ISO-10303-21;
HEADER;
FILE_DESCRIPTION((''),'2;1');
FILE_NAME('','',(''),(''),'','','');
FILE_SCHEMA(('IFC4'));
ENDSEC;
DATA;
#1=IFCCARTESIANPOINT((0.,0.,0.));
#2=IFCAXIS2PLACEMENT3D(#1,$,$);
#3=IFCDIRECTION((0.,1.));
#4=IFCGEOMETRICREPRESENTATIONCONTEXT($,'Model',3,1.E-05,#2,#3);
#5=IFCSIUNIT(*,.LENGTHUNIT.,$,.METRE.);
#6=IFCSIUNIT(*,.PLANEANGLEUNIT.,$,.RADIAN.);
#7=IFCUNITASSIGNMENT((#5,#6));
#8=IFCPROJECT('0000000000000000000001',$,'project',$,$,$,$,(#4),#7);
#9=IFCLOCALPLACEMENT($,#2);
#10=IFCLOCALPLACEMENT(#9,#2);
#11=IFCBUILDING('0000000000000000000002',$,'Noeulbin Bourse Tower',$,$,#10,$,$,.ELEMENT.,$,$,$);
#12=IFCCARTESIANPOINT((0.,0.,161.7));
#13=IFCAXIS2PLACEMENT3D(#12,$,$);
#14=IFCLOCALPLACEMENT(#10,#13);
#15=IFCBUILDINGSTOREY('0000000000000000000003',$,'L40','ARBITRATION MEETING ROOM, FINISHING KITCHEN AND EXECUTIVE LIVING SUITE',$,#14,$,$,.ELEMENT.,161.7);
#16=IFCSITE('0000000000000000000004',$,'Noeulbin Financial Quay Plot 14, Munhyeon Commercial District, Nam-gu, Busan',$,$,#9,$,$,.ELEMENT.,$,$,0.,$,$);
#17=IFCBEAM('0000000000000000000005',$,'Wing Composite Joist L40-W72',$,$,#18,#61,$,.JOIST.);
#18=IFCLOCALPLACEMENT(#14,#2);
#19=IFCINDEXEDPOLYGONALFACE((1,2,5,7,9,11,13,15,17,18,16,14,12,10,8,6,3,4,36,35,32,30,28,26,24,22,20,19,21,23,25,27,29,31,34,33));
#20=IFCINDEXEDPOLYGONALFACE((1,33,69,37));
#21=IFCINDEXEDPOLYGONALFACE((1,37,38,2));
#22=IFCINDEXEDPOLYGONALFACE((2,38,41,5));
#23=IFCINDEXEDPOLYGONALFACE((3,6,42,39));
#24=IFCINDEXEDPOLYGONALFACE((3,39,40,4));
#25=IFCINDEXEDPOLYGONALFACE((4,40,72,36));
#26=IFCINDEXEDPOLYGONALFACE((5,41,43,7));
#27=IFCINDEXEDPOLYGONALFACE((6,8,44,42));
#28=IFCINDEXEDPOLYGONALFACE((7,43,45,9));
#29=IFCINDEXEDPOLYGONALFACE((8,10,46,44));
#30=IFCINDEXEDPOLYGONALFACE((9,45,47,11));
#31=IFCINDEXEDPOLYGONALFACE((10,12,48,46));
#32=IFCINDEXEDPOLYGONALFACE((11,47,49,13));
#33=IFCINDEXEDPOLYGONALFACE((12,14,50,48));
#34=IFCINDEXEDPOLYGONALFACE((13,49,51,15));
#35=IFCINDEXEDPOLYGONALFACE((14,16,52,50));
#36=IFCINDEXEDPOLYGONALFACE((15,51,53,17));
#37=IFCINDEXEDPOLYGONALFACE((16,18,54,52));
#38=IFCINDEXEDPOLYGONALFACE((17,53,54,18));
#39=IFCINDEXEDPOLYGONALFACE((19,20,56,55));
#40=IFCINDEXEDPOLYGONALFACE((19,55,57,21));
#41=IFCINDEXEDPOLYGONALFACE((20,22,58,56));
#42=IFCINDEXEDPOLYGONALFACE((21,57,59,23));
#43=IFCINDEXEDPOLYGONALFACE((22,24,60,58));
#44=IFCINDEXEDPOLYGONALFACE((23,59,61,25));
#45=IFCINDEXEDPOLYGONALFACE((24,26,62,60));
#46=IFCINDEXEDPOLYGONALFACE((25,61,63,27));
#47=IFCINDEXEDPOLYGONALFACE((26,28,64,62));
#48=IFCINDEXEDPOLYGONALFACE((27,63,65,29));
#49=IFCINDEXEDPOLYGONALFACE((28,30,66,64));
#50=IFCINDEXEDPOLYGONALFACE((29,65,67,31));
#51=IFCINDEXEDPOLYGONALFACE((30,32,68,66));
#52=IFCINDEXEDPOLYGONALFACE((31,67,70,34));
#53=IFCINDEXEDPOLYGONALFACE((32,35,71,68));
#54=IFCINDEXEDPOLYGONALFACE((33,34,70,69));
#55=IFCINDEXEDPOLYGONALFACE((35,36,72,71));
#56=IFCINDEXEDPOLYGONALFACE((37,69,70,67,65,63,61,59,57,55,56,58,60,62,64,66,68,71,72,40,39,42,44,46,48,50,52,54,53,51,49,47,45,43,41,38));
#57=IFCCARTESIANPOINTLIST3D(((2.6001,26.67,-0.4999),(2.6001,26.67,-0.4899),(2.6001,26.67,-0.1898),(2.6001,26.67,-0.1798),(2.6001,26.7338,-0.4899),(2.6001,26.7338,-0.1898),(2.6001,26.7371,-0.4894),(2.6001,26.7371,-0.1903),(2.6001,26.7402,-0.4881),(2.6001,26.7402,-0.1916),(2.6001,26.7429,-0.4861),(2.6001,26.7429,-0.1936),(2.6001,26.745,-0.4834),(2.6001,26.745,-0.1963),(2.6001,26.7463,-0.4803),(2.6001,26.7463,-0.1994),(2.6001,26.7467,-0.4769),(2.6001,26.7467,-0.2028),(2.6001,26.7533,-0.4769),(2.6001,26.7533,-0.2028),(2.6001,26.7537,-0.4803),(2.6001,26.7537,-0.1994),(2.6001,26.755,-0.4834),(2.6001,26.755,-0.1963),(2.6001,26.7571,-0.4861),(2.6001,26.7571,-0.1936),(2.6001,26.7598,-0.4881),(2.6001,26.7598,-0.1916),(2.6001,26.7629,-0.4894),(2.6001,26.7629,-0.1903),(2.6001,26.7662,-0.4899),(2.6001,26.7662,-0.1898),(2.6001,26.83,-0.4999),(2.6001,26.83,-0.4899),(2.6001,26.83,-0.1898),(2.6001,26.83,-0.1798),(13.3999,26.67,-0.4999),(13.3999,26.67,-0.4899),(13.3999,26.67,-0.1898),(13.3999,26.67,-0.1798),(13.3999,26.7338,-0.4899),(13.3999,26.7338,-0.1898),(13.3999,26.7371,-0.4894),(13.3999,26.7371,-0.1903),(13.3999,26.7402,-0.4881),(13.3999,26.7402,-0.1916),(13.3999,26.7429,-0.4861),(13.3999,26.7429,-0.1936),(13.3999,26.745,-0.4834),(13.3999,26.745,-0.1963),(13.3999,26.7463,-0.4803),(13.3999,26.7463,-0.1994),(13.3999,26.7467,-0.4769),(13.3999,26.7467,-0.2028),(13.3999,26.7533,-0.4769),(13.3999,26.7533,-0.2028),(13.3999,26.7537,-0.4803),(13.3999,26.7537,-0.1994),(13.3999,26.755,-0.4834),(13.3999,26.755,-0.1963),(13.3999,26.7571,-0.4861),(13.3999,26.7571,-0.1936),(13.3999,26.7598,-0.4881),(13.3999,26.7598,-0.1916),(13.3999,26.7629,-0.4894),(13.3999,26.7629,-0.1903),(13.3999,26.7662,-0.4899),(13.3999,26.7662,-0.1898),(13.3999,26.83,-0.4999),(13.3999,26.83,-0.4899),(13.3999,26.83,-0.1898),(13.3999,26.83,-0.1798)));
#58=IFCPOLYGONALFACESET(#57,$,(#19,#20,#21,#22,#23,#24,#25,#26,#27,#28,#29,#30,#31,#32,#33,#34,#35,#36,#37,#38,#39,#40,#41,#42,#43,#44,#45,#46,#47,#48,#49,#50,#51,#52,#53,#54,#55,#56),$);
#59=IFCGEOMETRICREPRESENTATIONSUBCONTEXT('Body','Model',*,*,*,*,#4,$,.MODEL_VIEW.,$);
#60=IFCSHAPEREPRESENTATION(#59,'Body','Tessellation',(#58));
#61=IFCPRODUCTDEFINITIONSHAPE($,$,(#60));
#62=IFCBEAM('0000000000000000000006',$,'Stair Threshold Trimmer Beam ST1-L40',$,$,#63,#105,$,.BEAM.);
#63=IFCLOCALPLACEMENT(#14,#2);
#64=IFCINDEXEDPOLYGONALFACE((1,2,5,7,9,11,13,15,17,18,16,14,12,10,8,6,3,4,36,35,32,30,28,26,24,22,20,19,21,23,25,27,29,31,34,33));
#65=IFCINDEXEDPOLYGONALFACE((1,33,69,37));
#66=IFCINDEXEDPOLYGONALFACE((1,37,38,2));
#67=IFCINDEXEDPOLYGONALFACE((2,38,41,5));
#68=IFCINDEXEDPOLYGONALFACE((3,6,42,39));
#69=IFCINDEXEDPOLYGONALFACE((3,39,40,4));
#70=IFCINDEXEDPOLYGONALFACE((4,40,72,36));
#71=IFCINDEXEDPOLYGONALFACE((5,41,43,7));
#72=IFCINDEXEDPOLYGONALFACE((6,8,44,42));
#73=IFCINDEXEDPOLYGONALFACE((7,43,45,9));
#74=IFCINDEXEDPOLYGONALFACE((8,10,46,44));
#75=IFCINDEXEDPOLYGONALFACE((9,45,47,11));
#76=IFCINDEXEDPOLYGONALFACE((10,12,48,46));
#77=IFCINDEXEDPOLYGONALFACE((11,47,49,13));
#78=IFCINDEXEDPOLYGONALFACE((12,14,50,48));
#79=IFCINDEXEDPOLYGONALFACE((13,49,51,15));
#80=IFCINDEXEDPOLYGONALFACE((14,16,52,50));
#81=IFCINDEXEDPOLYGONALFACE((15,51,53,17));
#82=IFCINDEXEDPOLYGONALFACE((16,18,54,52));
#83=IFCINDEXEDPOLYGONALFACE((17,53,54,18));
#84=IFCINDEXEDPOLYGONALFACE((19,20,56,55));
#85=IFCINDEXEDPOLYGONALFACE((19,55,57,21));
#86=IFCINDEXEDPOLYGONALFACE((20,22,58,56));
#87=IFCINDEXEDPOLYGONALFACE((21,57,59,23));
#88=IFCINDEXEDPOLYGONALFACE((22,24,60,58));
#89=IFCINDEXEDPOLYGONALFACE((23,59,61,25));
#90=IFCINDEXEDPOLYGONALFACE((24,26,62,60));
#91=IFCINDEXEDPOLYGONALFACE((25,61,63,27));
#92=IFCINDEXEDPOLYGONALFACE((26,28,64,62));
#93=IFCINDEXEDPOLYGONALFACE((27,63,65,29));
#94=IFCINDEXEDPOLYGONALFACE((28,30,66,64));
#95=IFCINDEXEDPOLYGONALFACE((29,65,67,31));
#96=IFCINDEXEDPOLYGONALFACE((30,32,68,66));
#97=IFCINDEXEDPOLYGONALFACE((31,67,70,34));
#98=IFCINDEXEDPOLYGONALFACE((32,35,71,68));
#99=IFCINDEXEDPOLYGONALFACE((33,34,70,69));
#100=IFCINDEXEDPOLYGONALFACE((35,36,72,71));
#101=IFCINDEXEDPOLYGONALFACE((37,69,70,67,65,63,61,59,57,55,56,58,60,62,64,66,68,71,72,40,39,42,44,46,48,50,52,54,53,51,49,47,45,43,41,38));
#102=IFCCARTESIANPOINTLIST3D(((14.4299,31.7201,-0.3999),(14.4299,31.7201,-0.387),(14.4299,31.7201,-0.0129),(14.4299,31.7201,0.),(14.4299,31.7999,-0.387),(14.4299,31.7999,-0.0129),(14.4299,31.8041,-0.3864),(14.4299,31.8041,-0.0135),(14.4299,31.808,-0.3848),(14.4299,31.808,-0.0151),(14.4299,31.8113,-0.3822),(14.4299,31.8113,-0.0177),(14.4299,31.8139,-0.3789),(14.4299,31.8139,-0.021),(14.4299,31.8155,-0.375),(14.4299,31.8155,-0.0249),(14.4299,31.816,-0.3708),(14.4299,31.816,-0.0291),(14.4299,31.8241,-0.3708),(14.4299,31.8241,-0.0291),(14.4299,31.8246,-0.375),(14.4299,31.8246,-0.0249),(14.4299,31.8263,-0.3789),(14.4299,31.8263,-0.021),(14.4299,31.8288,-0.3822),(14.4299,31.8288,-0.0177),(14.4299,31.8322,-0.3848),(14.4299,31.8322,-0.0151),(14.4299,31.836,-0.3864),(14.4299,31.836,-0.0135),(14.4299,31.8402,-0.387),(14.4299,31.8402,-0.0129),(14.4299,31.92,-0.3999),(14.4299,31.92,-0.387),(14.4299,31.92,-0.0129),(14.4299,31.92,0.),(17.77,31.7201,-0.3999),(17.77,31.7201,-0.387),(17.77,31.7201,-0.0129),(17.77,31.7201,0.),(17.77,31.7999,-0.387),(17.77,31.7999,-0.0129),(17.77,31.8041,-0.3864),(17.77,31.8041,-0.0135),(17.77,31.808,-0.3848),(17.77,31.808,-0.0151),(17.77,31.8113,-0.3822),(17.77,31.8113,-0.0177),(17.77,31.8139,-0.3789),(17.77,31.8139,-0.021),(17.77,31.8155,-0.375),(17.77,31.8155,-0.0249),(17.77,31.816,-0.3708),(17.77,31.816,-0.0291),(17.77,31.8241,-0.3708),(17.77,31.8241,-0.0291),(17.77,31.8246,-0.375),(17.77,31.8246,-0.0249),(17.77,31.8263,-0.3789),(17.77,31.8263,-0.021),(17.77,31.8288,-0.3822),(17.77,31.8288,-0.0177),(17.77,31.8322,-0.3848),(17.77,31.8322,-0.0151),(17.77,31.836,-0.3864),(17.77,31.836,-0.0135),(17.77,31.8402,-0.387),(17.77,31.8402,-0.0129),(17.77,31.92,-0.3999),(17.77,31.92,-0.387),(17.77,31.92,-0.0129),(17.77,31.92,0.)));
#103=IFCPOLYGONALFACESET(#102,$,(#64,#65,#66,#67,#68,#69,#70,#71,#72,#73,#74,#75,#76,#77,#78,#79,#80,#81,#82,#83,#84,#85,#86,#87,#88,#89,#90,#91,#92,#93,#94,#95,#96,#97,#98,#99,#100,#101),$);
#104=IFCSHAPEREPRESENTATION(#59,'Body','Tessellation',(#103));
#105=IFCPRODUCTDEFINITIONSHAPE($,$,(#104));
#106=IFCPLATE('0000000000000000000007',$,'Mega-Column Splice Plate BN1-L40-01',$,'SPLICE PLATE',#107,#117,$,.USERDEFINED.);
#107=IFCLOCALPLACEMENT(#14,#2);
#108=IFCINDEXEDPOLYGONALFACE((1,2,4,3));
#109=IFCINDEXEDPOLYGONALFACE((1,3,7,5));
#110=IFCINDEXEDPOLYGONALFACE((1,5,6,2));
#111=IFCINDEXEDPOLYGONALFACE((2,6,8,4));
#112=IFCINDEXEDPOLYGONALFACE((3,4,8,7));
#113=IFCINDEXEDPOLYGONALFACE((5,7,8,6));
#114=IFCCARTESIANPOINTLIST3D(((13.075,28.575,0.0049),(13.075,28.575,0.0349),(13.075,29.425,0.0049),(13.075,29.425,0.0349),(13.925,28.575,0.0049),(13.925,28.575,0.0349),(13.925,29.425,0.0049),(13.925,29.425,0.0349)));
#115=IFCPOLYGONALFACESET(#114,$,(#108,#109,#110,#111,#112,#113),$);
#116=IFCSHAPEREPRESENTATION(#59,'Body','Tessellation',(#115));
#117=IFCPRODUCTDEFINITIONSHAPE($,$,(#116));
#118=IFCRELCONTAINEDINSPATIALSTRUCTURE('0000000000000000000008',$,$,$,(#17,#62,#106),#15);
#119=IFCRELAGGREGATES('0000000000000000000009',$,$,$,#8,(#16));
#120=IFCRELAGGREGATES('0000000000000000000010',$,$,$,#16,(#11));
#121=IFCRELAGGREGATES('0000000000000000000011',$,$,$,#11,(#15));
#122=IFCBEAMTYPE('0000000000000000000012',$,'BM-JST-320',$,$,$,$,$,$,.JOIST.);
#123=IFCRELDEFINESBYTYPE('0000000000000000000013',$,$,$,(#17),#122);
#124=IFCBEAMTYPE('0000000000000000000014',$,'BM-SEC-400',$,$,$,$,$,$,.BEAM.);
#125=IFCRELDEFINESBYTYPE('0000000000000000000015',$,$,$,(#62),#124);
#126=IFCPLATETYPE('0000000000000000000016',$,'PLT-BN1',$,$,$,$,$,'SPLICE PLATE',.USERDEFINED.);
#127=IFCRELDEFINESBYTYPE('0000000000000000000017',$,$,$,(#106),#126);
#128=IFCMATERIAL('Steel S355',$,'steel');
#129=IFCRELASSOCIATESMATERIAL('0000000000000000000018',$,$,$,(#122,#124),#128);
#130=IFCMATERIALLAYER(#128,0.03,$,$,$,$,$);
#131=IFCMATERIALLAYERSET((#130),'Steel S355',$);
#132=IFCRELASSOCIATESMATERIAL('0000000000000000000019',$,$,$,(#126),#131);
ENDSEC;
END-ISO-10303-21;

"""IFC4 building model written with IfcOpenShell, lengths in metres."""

from ifc_helpers import new_model, si_unit, direction, frame, origin, origin_2d, place, context, subcontext, project, spatial, rectangle, i_section, extrude, material, layer, layer_set, material_profile, profile_set, type_object, element, save


model = new_model("IFC4")

# Units and contexts
model_context = context("Model", 3, precision=1e-05, world=origin(), true_north=direction((0.0, 1.0)))
body_context = subcontext(model_context, "Body", "Model", "MODEL_VIEW")
ifc_project = project(units=[si_unit("LENGTHUNIT", "METRE"), si_unit("PLANEANGLEUNIT", "RADIAN")], contexts=[model_context])

# Site, building, storey
site_placement = place(None, origin())
site = spatial("IfcSite", under=ifc_project, at=site_placement, Name="Noeulbin Financial Quay Plot 14, Munhyeon Commercial District, Nam-gu, Busan", CompositionType="ELEMENT", RefElevation=0.0)
building_placement = place(site_placement, origin())
building = spatial("IfcBuilding", under=site, at=building_placement, Name="Noeulbin Bourse Tower", CompositionType="ELEMENT")
storey_placement = place(building_placement, frame((0.0, 0.0, 161.7)))
storey = spatial("IfcBuildingStorey", under=building, at=storey_placement, Name="L40", Description="ARBITRATION MEETING ROOM, FINISHING KITCHEN AND EXECUTIVE LIVING SUITE", CompositionType="ELEMENT", Elevation=161.7)

# Beams
ifc_material_1 = material(Name="Steel S355", Category="steel")
ifc_material_profile_1 = material_profile(ifc_material_1, i_section(OverallWidth=0.1599, OverallDepth=0.3201, WebThickness=0.0066, FlangeThickness=0.01, FilletRadius=0.0129, at=origin_2d()), Name="H-320x160x6.5x10", Category="LoadBearing")
ifc_profile_set_1 = profile_set([ifc_material_profile_1], Name="Steel S355")
beam_type_1 = type_object("IfcBeamType", Name="BM-JST-320", PredefinedType="JOIST", material=ifc_profile_set_1)
for number, where, z_axis, x_axis, name in (
    (1, (2.6001, 26.75, -0.3398), (1.0, 0.0, 0.0), (0.0, 1.0, 0.0), "Wing Composite Joist L40-W72"),
):
    element("IfcBeam", number, at=place(storey_placement, frame(where, z_axis=z_axis, x_axis=x_axis)), inside=storey, type_object=beam_type_1, Name=name, PredefinedType="JOIST", context=body_context, shape_type="SweptSolid", body=[
        extrude(i_section(OverallWidth=0.1599, OverallDepth=0.3201, WebThickness=0.0066, FlangeThickness=0.01, FilletRadius=0.0129, at=origin_2d()), origin(), (0.0, 0.0, 1.0), 10.7998),
    ])
ifc_material_profile_2 = material_profile(ifc_material_1, i_section(OverallWidth=0.2, OverallDepth=0.3999, WebThickness=0.0081, FlangeThickness=0.0129, FilletRadius=0.0161, at=origin_2d()), Name="H-400x200x8x13", Category="LoadBearing")
ifc_profile_set_2 = profile_set([ifc_material_profile_2], Name="Steel S355")
beam_type_2 = type_object("IfcBeamType", Name="BM-SEC-400", PredefinedType="BEAM", material=ifc_profile_set_2)
beam_1_placement = place(storey_placement, frame((14.4299, 31.8201, -0.2), z_axis=(1.0, 0.0, 0.0), x_axis=(0.0, 1.0, 0.0)))
element("IfcBeam", 2, at=beam_1_placement, inside=storey, type_object=beam_type_2, Name="Stair Threshold Trimmer Beam ST1-L40", PredefinedType="BEAM", context=body_context, shape_type="SweptSolid", body=[
    extrude(i_section(OverallWidth=0.2, OverallDepth=0.3999, WebThickness=0.0081, FlangeThickness=0.0129, FilletRadius=0.0161, at=origin_2d()), origin(), (0.0, 0.0, 1.0), 3.3401),
])

# Plate
ifc_layer_1 = layer(ifc_material_1, 0.03)
ifc_layer_set_1 = layer_set([ifc_layer_1], Name="Steel S355")
plate_type = type_object("IfcPlateType", Name="PLT-BN1", ElementType="SPLICE PLATE", PredefinedType="USERDEFINED", material=ifc_layer_set_1)
plate_placement = place(storey_placement, frame((13.5, 29.0, 0.0049), z_axis=(0.0, 0.0, 1.0), x_axis=(1.0, 0.0, 0.0)))
element("IfcPlate", 3, at=plate_placement, inside=storey, type_object=plate_type, Name="Mega-Column Splice Plate BN1-L40-01", ObjectType="SPLICE PLATE", PredefinedType="USERDEFINED", context=body_context, shape_type="SweptSolid", body=[
    extrude(rectangle(XDim=0.8501, YDim=0.8501, at=origin_2d()), origin(), (0.0, 0.0, 1.0), 0.03),
])

save(model, "model.ifc")
